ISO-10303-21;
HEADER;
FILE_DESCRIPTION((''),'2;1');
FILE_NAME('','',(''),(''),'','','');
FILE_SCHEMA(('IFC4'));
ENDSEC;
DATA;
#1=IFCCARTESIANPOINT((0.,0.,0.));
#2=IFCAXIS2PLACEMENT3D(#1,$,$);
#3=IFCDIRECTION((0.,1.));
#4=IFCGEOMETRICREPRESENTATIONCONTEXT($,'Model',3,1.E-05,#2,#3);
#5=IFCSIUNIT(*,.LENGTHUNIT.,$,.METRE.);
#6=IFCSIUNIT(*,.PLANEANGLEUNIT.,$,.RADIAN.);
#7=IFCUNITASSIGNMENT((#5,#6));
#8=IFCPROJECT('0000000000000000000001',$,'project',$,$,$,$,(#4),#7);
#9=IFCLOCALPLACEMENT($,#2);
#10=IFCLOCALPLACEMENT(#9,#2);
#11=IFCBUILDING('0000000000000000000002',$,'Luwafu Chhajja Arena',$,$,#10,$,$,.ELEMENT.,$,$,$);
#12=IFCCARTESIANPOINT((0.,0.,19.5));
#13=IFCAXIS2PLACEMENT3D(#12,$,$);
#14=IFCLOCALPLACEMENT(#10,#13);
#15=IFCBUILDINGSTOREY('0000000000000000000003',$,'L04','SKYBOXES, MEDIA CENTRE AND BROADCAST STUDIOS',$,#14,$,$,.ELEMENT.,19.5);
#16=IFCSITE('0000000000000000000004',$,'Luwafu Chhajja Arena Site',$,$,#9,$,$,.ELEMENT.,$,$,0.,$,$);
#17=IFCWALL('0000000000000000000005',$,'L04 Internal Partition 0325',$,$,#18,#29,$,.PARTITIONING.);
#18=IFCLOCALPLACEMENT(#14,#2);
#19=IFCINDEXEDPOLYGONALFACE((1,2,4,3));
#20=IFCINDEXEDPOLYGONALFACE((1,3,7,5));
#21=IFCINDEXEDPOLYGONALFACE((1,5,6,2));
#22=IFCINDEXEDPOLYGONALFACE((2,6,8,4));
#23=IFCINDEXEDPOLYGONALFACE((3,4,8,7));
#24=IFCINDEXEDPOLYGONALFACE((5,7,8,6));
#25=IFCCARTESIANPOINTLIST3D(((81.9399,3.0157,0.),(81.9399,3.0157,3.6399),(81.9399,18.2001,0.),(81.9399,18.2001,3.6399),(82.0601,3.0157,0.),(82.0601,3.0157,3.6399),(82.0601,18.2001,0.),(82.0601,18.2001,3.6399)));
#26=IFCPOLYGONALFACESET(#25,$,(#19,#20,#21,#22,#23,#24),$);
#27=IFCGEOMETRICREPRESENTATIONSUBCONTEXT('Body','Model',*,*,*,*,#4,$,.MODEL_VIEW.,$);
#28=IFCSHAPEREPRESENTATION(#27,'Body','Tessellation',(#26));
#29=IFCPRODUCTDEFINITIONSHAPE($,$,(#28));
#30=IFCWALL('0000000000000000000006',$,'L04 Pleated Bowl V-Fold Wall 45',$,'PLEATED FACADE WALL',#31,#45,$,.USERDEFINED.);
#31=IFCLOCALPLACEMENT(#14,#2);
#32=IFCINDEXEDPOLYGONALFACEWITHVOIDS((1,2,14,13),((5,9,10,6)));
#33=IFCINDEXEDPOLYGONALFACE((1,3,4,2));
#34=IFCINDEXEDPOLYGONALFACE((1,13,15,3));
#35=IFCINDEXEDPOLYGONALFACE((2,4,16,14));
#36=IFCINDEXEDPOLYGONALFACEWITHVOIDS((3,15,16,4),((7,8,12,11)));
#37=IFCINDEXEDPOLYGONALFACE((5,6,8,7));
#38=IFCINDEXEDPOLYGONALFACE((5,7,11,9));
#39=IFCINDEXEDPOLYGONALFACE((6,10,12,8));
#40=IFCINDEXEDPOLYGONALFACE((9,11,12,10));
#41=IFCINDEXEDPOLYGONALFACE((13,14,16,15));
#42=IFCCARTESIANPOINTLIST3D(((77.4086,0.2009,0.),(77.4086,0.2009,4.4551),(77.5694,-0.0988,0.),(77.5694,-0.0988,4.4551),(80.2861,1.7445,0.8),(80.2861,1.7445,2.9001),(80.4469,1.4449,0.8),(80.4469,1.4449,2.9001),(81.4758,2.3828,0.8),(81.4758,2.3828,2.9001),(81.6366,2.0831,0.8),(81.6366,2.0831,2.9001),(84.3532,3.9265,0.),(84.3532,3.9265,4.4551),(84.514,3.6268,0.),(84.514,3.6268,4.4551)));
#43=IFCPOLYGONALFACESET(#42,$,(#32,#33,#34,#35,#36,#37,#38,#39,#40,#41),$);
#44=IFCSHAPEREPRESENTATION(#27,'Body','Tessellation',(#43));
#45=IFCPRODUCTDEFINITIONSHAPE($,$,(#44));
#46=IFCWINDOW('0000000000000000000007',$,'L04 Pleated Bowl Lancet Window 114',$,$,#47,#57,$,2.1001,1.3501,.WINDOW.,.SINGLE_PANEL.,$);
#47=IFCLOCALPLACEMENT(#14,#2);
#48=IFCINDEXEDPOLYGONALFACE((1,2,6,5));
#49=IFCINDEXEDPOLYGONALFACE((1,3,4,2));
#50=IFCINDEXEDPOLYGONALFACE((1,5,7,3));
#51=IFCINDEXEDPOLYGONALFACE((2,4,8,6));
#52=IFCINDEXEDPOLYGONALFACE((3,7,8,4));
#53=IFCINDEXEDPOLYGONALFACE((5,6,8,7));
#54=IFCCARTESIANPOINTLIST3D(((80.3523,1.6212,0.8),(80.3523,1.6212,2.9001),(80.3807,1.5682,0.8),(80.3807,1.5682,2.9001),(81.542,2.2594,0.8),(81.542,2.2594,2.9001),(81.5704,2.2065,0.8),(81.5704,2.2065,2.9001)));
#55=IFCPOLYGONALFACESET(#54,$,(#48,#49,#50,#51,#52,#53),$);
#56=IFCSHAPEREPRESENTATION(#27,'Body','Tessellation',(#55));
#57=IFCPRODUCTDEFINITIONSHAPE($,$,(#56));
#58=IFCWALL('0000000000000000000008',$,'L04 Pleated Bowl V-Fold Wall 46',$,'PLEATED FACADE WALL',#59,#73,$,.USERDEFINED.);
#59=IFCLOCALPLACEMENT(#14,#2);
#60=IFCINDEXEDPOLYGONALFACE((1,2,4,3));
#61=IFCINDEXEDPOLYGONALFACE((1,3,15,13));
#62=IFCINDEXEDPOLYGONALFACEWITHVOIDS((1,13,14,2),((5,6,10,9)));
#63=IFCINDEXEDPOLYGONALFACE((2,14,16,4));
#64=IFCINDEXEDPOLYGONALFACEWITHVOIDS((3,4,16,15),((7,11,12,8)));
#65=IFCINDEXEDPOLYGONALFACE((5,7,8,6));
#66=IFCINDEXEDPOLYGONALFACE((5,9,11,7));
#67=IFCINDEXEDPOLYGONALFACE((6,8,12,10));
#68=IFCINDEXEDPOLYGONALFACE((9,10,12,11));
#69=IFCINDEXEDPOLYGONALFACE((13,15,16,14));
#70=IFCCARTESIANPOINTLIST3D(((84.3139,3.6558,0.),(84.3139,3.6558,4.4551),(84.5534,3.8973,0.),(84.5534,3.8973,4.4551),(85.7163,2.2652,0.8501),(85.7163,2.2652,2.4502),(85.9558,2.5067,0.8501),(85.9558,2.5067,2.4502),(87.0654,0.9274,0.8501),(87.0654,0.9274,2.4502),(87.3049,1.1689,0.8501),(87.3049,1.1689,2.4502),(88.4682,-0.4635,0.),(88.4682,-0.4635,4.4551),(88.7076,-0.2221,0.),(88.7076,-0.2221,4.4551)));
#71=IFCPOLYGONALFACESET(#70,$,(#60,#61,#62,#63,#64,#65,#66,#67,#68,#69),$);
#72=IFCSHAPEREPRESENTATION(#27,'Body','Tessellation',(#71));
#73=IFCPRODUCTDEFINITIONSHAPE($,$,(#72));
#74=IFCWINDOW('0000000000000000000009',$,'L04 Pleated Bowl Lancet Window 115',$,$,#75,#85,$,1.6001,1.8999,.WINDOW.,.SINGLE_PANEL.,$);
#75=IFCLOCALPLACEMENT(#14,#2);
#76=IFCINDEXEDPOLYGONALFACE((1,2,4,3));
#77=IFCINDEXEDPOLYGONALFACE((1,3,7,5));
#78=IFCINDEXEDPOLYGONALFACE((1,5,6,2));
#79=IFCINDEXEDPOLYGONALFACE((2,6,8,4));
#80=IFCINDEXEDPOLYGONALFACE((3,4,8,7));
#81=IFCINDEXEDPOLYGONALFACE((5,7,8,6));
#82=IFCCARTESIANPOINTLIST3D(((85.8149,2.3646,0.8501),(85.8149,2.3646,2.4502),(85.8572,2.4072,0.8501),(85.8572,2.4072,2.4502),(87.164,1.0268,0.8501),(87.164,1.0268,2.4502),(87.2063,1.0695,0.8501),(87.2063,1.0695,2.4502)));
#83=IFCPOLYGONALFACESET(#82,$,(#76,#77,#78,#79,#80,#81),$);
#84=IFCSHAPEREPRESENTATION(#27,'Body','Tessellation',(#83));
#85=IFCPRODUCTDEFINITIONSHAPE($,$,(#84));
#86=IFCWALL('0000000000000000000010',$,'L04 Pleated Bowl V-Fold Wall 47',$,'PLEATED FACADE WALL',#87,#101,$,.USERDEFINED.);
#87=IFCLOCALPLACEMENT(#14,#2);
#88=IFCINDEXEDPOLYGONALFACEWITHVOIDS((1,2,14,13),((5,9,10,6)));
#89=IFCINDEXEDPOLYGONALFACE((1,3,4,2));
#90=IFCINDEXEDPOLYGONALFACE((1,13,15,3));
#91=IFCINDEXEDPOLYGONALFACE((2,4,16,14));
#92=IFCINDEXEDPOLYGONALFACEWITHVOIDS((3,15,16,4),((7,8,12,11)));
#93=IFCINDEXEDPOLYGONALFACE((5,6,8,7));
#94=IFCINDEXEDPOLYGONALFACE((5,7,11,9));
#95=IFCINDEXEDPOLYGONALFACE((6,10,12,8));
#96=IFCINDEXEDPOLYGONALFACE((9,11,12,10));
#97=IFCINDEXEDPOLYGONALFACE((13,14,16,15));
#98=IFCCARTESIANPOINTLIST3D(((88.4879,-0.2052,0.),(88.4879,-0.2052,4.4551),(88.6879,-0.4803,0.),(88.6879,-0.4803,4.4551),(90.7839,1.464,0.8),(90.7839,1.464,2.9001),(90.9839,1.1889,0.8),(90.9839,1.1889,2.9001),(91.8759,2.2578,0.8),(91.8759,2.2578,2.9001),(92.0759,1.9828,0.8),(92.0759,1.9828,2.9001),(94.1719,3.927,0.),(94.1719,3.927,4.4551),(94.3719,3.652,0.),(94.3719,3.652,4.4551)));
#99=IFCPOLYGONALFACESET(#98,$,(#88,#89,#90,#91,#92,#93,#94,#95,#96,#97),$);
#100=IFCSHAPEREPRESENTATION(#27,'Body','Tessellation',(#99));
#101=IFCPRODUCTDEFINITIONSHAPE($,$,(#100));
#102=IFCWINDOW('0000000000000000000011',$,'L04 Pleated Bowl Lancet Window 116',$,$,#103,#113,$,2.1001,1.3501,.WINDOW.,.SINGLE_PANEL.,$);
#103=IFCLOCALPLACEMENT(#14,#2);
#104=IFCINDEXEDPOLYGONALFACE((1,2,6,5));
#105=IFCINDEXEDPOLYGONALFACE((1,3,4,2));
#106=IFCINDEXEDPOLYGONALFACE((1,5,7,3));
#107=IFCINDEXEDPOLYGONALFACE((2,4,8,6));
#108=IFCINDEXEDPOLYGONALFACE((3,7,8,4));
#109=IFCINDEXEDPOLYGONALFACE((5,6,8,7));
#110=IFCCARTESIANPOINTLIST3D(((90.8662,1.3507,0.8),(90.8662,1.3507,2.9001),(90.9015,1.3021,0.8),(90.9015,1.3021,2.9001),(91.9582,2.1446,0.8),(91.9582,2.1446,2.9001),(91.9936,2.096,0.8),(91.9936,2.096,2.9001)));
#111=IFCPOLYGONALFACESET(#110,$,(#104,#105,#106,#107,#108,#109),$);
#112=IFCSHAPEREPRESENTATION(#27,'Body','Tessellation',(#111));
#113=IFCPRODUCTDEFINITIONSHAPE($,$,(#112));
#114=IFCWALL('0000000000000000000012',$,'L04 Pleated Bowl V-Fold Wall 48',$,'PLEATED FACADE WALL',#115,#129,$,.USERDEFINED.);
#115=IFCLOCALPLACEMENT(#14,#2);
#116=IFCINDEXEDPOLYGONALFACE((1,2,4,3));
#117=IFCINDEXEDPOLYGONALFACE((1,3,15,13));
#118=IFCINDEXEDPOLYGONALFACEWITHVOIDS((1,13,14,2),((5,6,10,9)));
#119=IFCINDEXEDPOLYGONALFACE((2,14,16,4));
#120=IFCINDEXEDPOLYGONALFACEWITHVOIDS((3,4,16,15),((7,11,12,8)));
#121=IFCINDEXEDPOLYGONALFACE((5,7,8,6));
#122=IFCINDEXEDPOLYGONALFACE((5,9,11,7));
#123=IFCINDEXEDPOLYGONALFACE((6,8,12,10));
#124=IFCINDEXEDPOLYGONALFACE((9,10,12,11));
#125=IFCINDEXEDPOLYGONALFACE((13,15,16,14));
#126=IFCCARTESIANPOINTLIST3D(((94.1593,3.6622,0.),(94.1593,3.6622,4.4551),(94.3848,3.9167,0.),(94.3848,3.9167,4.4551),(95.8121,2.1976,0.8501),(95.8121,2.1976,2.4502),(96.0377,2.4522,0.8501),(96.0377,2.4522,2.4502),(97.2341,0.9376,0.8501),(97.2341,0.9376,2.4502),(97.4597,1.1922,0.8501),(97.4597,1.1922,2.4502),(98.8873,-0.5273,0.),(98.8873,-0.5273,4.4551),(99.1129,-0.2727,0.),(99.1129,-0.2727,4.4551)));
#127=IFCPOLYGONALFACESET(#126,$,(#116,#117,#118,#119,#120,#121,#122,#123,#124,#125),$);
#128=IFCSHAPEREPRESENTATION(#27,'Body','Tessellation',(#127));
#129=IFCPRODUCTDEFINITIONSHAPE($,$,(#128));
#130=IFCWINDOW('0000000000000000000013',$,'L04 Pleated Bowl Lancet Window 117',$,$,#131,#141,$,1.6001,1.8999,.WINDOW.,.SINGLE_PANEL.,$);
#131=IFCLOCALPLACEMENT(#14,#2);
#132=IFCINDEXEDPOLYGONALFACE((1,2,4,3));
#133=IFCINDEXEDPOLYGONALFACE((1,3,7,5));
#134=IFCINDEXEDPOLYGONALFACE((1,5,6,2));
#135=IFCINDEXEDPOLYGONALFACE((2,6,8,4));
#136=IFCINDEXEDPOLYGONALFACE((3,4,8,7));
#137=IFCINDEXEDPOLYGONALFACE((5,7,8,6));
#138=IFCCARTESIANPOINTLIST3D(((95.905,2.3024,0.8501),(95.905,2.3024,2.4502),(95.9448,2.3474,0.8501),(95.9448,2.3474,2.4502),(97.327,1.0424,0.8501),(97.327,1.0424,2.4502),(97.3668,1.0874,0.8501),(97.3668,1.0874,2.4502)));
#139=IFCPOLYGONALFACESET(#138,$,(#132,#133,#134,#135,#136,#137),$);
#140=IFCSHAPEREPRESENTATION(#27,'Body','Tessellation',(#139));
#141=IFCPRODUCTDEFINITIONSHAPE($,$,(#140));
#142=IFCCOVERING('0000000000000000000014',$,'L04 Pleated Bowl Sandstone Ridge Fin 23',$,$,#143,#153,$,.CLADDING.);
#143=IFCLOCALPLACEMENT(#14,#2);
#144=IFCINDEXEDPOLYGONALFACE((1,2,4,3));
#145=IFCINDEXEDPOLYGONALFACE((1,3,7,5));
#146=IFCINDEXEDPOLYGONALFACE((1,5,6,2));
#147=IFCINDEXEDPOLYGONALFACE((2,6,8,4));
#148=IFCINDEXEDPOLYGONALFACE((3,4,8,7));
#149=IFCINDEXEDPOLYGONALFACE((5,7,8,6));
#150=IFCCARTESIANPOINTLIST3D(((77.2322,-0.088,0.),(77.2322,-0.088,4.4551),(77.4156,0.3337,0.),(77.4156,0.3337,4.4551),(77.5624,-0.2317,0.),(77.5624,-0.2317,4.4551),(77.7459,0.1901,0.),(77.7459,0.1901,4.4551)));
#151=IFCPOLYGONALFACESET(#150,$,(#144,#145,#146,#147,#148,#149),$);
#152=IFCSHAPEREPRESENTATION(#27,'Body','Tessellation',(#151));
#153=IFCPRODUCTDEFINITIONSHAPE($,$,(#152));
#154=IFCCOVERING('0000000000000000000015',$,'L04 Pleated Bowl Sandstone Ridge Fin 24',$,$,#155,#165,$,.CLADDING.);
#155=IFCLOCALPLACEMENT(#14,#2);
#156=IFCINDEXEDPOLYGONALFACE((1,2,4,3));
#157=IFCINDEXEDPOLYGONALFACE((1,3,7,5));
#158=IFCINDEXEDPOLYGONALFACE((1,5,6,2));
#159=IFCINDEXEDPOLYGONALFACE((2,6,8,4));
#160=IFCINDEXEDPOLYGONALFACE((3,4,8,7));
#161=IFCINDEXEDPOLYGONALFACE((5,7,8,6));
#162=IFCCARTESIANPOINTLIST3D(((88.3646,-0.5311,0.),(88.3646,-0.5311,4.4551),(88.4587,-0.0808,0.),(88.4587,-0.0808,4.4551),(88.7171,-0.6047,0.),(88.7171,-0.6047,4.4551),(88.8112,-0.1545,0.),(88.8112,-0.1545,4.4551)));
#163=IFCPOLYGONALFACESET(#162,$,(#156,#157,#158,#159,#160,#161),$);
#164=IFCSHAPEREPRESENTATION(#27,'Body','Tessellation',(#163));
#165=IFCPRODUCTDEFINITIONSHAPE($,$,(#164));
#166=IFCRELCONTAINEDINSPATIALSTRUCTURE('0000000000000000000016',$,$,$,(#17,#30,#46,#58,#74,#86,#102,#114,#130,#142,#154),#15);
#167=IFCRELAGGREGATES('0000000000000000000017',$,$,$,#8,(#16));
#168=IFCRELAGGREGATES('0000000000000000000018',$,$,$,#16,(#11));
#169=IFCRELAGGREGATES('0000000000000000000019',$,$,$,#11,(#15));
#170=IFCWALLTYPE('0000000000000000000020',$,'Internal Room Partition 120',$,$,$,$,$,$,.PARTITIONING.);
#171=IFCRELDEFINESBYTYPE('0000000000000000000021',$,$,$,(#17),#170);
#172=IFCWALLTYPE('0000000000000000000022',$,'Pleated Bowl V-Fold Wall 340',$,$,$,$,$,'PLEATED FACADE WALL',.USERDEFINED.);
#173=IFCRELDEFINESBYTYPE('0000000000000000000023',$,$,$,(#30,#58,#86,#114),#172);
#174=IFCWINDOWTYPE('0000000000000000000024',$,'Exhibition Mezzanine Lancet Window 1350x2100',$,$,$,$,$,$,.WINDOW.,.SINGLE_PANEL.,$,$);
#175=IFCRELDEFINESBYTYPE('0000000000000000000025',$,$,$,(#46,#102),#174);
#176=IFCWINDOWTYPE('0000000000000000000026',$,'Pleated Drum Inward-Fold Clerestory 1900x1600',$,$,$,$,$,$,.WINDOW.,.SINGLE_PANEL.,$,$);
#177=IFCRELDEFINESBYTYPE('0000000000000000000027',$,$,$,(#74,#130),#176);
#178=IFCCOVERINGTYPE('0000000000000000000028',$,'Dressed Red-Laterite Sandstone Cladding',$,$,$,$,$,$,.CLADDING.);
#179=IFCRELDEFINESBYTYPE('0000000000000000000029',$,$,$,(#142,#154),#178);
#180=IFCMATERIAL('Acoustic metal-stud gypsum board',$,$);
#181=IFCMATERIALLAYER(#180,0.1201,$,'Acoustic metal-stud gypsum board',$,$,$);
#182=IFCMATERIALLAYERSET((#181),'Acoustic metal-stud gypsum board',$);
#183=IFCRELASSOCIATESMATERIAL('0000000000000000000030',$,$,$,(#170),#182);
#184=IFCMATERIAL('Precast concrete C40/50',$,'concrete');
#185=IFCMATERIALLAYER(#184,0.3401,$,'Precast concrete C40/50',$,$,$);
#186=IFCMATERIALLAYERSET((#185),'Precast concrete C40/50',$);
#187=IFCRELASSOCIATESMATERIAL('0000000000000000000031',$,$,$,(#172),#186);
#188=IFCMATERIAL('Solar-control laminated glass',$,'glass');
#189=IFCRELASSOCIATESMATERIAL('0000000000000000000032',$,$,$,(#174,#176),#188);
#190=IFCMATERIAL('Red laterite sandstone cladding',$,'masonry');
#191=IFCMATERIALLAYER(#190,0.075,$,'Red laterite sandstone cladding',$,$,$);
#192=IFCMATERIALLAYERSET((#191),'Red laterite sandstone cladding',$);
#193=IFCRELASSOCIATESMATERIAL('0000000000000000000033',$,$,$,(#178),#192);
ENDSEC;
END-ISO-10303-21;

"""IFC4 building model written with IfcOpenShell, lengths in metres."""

from ifc_helpers import new_model, si_unit, direction, frame, frame_2d, origin, origin_2d, place, context, subcontext, project, spatial, rectangle, extrude, material, layer, layer_set, type_object, element, fill, save


model = new_model("IFC4")

# Units and contexts
model_context = context("Model", 3, precision=1e-05, world=origin(), true_north=direction((0.0, 1.0)))
body_context = subcontext(model_context, "Body", "Model", "MODEL_VIEW")
ifc_project = project(units=[si_unit("LENGTHUNIT", "METRE"), si_unit("PLANEANGLEUNIT", "RADIAN")], contexts=[model_context])

# Site, building, storey
site_placement = place(None, origin())
site = spatial("IfcSite", under=ifc_project, at=site_placement, Name="Luwafu Chhajja Arena Site", CompositionType="ELEMENT", RefElevation=0.0)
building_placement = place(site_placement, origin())
building = spatial("IfcBuilding", under=site, at=building_placement, Name="Luwafu Chhajja Arena", CompositionType="ELEMENT")
storey_placement = place(building_placement, frame((0.0, 0.0, 19.5)))
storey = spatial("IfcBuildingStorey", under=building, at=storey_placement, Name="L04", Description="SKYBOXES, MEDIA CENTRE AND BROADCAST STUDIOS", CompositionType="ELEMENT", Elevation=19.5)

# Wall
ifc_material_1 = material(Name="Acoustic metal-stud gypsum board")
ifc_layer_1 = layer(ifc_material_1, 0.1201, Name="Acoustic metal-stud gypsum board")
ifc_layer_set_1 = layer_set([ifc_layer_1], Name="Acoustic metal-stud gypsum board")
wall_type_1 = type_object("IfcWallType", Name="Internal Room Partition 120", PredefinedType="PARTITIONING", material=ifc_layer_set_1)
wall_1_placement = place(storey_placement, frame((82.0, 3.0156, 0.0), z_axis=(0.0, 0.0, 1.0), x_axis=(0.0, 1.0, 0.0)))
element("IfcWall", 1, at=wall_1_placement, inside=storey, type_object=wall_type_1, Name="L04 Internal Partition 0325", PredefinedType="PARTITIONING", context=body_context, shape_type="SweptSolid", body=[
    extrude(rectangle(XDim=15.1843, YDim=0.1201, at=frame_2d((7.5923, 0.0))), origin(), (0.0, 0.0, 1.0), 3.6399),
])

# Walls, openings, windows
ifc_material_2 = material(Name="Precast concrete C40/50", Category="concrete")
ifc_layer_2 = layer(ifc_material_2, 0.3401, Name="Precast concrete C40/50")
ifc_layer_set_2 = layer_set([ifc_layer_2], Name="Precast concrete C40/50")
wall_type_2 = type_object("IfcWallType", Name="Pleated Bowl V-Fold Wall 340", ElementType="PLEATED FACADE WALL", PredefinedType="USERDEFINED", material=ifc_layer_set_2)
wall_2_placement = place(storey_placement, frame((77.489, 0.051, 0.0), z_axis=(0.0, 0.0, 1.0), x_axis=(0.881201, 0.472741, 0.0)))
wall_2 = element("IfcWall", 2, at=wall_2_placement, inside=storey, type_object=wall_type_2, Name="L04 Pleated Bowl V-Fold Wall 45", ObjectType="PLEATED FACADE WALL", PredefinedType="USERDEFINED", context=body_context, shape_type="SweptSolid", body=[
    extrude(rectangle(XDim=7.8809, YDim=0.3401, at=frame_2d((3.9404, 0.0))), origin(), (0.0, 0.0, 1.0), 4.4551),
])
opening_1_placement = place(wall_2_placement, frame((3.2654, 0.0, 0.8)))
opening_1 = element("IfcOpeningElement", 3, at=opening_1_placement, cuts=wall_2, PredefinedType="OPENING", context=body_context, shape_type="SweptSolid", body=[
    extrude(rectangle(XDim=1.3501, YDim=2.1001, at=frame_2d((0.675, 1.05))), frame((0.0, 0.1799, 0.0), z_axis=(0.0, -1.0, 0.0), x_axis=(1.0, 0.0, 0.0)), (0.0, 0.0, 1.0), 0.3601),
])
ifc_material_3 = material(Name="Solar-control laminated glass", Category="glass")
window_type_1 = type_object("IfcWindowType", Name="Exhibition Mezzanine Lancet Window 1350x2100", PartitioningType="SINGLE_PANEL", PredefinedType="WINDOW", material=ifc_material_3)
window_1_placement = place(opening_1_placement, origin())
window_1 = element("IfcWindow", 4, at=window_1_placement, inside=storey, type_object=window_type_1, Name="L04 Pleated Bowl Lancet Window 114", OverallHeight=2.1001, OverallWidth=1.3501, PartitioningType="SINGLE_PANEL", PredefinedType="WINDOW", context=body_context, shape_type="SweptSolid", body=[
    extrude(rectangle(XDim=1.3501, YDim=2.1001, at=frame_2d((0.675, 1.05))), frame((0.0, 0.03, 0.0), z_axis=(0.0, -1.0, 0.0), x_axis=(1.0, 0.0, 0.0)), (0.0, 0.0, 1.0), 0.0601),
])
fill(opening_1, window_1)
wall_3_placement = place(storey_placement, frame((84.4336, 3.7766, 0.0), z_axis=(0.0, 0.0, 1.0), x_axis=(0.710084, -0.704117, 0.0)))
wall_3 = element("IfcWall", 5, at=wall_3_placement, inside=storey, type_object=wall_type_2, Name="L04 Pleated Bowl V-Fold Wall 46", ObjectType="PLEATED FACADE WALL", PredefinedType="USERDEFINED", context=body_context, shape_type="SweptSolid", body=[
    extrude(rectangle(XDim=5.8503, YDim=0.3401, at=frame_2d((2.9253, 0.0))), origin(), (0.0, 0.0, 1.0), 4.4551),
])
opening_2_placement = place(wall_3_placement, frame((1.9751, 0.0, 0.8501)))
opening_2 = element("IfcOpeningElement", 6, at=opening_2_placement, cuts=wall_3, PredefinedType="OPENING", context=body_context, shape_type="SweptSolid", body=[
    extrude(rectangle(XDim=1.8999, YDim=1.6001, at=frame_2d((0.95, 0.8))), frame((0.0, 0.1799, 0.0), z_axis=(0.0, -1.0, 0.0), x_axis=(1.0, 0.0, 0.0)), (0.0, 0.0, 1.0), 0.3601),
])
window_type_2 = type_object("IfcWindowType", Name="Pleated Drum Inward-Fold Clerestory 1900x1600", PartitioningType="SINGLE_PANEL", PredefinedType="WINDOW", material=ifc_material_3)
window_2_placement = place(opening_2_placement, origin())
window_2 = element("IfcWindow", 7, at=window_2_placement, inside=storey, type_object=window_type_2, Name="L04 Pleated Bowl Lancet Window 115", OverallHeight=1.6001, OverallWidth=1.8999, PartitioningType="SINGLE_PANEL", PredefinedType="WINDOW", context=body_context, shape_type="SweptSolid", body=[
    extrude(rectangle(XDim=1.8999, YDim=1.6001, at=frame_2d((0.95, 0.8))), frame((0.0, 0.03, 0.0), z_axis=(0.0, -1.0, 0.0), x_axis=(1.0, 0.0, 0.0)), (0.0, 0.0, 1.0), 0.0601),
])
fill(opening_2, window_2)
wall_4_placement = place(storey_placement, frame((88.5879, -0.3428, 0.0), z_axis=(0.0, 0.0, 1.0), x_axis=(0.808841, 0.588027, 0.0)))
wall_4 = element("IfcWall", 8, at=wall_4_placement, inside=storey, type_object=wall_type_2, Name="L04 Pleated Bowl V-Fold Wall 47", ObjectType="PLEATED FACADE WALL", PredefinedType="USERDEFINED", context=body_context, shape_type="SweptSolid", body=[
    extrude(rectangle(XDim=7.0273, YDim=0.3401, at=frame_2d((3.5137, 0.0))), origin(), (0.0, 0.0, 1.0), 4.4551),
])
opening_3_placement = place(wall_4_placement, frame((2.8386, 0.0, 0.8)))
opening_3 = element("IfcOpeningElement", 9, at=opening_3_placement, cuts=wall_4, PredefinedType="OPENING", context=body_context, shape_type="SweptSolid", body=[
    extrude(rectangle(XDim=1.3501, YDim=2.1001, at=frame_2d((0.675, 1.05))), frame((0.0, 0.1799, 0.0), z_axis=(0.0, -1.0, 0.0), x_axis=(1.0, 0.0, 0.0)), (0.0, 0.0, 1.0), 0.3601),
])
window_3_placement = place(opening_3_placement, origin())
window_3 = element("IfcWindow", 10, at=window_3_placement, inside=storey, type_object=window_type_1, Name="L04 Pleated Bowl Lancet Window 116", OverallHeight=2.1001, OverallWidth=1.3501, PartitioningType="SINGLE_PANEL", PredefinedType="WINDOW", context=body_context, shape_type="SweptSolid", body=[
    extrude(rectangle(XDim=1.3501, YDim=2.1001, at=frame_2d((0.675, 1.05))), frame((0.0, 0.03, 0.0), z_axis=(0.0, -1.0, 0.0), x_axis=(1.0, 0.0, 0.0)), (0.0, 0.0, 1.0), 0.0601),
])
fill(opening_3, window_3)
wall_5_placement = place(storey_placement, frame((94.272, 3.7896, 0.0), z_axis=(0.0, 0.0, 1.0), x_axis=(0.748449, -0.663192, 0.0)))
wall_5 = element("IfcWall", 11, at=wall_5_placement, inside=storey, type_object=wall_type_2, Name="L04 Pleated Bowl V-Fold Wall 48", ObjectType="PLEATED FACADE WALL", PredefinedType="USERDEFINED", context=body_context, shape_type="SweptSolid", body=[
    extrude(rectangle(XDim=6.3171, YDim=0.3401, at=frame_2d((3.1587, 0.0))), origin(), (0.0, 0.0, 1.0), 4.4551),
])
opening_4_placement = place(wall_5_placement, frame((2.2085, 0.0, 0.8501)))
opening_4 = element("IfcOpeningElement", 12, at=opening_4_placement, cuts=wall_5, PredefinedType="OPENING", context=body_context, shape_type="SweptSolid", body=[
    extrude(rectangle(XDim=1.8999, YDim=1.6001, at=frame_2d((0.95, 0.8))), frame((0.0, 0.1799, 0.0), z_axis=(0.0, -1.0, 0.0), x_axis=(1.0, 0.0, 0.0)), (0.0, 0.0, 1.0), 0.3601),
])
window_4_placement = place(opening_4_placement, origin())
window_4 = element("IfcWindow", 13, at=window_4_placement, inside=storey, type_object=window_type_2, Name="L04 Pleated Bowl Lancet Window 117", OverallHeight=1.6001, OverallWidth=1.8999, PartitioningType="SINGLE_PANEL", PredefinedType="WINDOW", context=body_context, shape_type="SweptSolid", body=[
    extrude(rectangle(XDim=1.8999, YDim=1.6001, at=frame_2d((0.95, 0.8))), frame((0.0, 0.03, 0.0), z_axis=(0.0, -1.0, 0.0), x_axis=(1.0, 0.0, 0.0)), (0.0, 0.0, 1.0), 0.0601),
])
fill(opening_4, window_4)

# Coverings
ifc_material_4 = material(Name="Red laterite sandstone cladding", Category="masonry")
ifc_layer_3 = layer(ifc_material_4, 0.075, Name="Red laterite sandstone cladding")
ifc_layer_set_3 = layer_set([ifc_layer_3], Name="Red laterite sandstone cladding")
covering_type = type_object("IfcCoveringType", Name="Dressed Red-Laterite Sandstone Cladding", PredefinedType="CLADDING", material=ifc_layer_set_3)
for number, where, z_axis, x_axis, name in (
    (14, (77.489, 0.051, 0.0), (0.0, 0.0, 1.0), (-0.398903, -0.916993, 0.0), "L04 Pleated Bowl Sandstone Ridge Fin 23"),
    (15, (88.5879, -0.3428, 0.0), (0.0, 0.0, 1.0), (-0.204485, -0.97887, 0.0), "L04 Pleated Bowl Sandstone Ridge Fin 24"),
):
    element("IfcCovering", number, at=place(storey_placement, frame(where, z_axis=z_axis, x_axis=x_axis)), inside=storey, type_object=covering_type, Name=name, PredefinedType="CLADDING", context=body_context, shape_type="SweptSolid", body=[
        extrude(rectangle(XDim=0.46, YDim=0.3601, at=origin_2d()), origin(), (0.0, 0.0, 1.0), 4.4551),
    ])

save(model, "model.ifc")
